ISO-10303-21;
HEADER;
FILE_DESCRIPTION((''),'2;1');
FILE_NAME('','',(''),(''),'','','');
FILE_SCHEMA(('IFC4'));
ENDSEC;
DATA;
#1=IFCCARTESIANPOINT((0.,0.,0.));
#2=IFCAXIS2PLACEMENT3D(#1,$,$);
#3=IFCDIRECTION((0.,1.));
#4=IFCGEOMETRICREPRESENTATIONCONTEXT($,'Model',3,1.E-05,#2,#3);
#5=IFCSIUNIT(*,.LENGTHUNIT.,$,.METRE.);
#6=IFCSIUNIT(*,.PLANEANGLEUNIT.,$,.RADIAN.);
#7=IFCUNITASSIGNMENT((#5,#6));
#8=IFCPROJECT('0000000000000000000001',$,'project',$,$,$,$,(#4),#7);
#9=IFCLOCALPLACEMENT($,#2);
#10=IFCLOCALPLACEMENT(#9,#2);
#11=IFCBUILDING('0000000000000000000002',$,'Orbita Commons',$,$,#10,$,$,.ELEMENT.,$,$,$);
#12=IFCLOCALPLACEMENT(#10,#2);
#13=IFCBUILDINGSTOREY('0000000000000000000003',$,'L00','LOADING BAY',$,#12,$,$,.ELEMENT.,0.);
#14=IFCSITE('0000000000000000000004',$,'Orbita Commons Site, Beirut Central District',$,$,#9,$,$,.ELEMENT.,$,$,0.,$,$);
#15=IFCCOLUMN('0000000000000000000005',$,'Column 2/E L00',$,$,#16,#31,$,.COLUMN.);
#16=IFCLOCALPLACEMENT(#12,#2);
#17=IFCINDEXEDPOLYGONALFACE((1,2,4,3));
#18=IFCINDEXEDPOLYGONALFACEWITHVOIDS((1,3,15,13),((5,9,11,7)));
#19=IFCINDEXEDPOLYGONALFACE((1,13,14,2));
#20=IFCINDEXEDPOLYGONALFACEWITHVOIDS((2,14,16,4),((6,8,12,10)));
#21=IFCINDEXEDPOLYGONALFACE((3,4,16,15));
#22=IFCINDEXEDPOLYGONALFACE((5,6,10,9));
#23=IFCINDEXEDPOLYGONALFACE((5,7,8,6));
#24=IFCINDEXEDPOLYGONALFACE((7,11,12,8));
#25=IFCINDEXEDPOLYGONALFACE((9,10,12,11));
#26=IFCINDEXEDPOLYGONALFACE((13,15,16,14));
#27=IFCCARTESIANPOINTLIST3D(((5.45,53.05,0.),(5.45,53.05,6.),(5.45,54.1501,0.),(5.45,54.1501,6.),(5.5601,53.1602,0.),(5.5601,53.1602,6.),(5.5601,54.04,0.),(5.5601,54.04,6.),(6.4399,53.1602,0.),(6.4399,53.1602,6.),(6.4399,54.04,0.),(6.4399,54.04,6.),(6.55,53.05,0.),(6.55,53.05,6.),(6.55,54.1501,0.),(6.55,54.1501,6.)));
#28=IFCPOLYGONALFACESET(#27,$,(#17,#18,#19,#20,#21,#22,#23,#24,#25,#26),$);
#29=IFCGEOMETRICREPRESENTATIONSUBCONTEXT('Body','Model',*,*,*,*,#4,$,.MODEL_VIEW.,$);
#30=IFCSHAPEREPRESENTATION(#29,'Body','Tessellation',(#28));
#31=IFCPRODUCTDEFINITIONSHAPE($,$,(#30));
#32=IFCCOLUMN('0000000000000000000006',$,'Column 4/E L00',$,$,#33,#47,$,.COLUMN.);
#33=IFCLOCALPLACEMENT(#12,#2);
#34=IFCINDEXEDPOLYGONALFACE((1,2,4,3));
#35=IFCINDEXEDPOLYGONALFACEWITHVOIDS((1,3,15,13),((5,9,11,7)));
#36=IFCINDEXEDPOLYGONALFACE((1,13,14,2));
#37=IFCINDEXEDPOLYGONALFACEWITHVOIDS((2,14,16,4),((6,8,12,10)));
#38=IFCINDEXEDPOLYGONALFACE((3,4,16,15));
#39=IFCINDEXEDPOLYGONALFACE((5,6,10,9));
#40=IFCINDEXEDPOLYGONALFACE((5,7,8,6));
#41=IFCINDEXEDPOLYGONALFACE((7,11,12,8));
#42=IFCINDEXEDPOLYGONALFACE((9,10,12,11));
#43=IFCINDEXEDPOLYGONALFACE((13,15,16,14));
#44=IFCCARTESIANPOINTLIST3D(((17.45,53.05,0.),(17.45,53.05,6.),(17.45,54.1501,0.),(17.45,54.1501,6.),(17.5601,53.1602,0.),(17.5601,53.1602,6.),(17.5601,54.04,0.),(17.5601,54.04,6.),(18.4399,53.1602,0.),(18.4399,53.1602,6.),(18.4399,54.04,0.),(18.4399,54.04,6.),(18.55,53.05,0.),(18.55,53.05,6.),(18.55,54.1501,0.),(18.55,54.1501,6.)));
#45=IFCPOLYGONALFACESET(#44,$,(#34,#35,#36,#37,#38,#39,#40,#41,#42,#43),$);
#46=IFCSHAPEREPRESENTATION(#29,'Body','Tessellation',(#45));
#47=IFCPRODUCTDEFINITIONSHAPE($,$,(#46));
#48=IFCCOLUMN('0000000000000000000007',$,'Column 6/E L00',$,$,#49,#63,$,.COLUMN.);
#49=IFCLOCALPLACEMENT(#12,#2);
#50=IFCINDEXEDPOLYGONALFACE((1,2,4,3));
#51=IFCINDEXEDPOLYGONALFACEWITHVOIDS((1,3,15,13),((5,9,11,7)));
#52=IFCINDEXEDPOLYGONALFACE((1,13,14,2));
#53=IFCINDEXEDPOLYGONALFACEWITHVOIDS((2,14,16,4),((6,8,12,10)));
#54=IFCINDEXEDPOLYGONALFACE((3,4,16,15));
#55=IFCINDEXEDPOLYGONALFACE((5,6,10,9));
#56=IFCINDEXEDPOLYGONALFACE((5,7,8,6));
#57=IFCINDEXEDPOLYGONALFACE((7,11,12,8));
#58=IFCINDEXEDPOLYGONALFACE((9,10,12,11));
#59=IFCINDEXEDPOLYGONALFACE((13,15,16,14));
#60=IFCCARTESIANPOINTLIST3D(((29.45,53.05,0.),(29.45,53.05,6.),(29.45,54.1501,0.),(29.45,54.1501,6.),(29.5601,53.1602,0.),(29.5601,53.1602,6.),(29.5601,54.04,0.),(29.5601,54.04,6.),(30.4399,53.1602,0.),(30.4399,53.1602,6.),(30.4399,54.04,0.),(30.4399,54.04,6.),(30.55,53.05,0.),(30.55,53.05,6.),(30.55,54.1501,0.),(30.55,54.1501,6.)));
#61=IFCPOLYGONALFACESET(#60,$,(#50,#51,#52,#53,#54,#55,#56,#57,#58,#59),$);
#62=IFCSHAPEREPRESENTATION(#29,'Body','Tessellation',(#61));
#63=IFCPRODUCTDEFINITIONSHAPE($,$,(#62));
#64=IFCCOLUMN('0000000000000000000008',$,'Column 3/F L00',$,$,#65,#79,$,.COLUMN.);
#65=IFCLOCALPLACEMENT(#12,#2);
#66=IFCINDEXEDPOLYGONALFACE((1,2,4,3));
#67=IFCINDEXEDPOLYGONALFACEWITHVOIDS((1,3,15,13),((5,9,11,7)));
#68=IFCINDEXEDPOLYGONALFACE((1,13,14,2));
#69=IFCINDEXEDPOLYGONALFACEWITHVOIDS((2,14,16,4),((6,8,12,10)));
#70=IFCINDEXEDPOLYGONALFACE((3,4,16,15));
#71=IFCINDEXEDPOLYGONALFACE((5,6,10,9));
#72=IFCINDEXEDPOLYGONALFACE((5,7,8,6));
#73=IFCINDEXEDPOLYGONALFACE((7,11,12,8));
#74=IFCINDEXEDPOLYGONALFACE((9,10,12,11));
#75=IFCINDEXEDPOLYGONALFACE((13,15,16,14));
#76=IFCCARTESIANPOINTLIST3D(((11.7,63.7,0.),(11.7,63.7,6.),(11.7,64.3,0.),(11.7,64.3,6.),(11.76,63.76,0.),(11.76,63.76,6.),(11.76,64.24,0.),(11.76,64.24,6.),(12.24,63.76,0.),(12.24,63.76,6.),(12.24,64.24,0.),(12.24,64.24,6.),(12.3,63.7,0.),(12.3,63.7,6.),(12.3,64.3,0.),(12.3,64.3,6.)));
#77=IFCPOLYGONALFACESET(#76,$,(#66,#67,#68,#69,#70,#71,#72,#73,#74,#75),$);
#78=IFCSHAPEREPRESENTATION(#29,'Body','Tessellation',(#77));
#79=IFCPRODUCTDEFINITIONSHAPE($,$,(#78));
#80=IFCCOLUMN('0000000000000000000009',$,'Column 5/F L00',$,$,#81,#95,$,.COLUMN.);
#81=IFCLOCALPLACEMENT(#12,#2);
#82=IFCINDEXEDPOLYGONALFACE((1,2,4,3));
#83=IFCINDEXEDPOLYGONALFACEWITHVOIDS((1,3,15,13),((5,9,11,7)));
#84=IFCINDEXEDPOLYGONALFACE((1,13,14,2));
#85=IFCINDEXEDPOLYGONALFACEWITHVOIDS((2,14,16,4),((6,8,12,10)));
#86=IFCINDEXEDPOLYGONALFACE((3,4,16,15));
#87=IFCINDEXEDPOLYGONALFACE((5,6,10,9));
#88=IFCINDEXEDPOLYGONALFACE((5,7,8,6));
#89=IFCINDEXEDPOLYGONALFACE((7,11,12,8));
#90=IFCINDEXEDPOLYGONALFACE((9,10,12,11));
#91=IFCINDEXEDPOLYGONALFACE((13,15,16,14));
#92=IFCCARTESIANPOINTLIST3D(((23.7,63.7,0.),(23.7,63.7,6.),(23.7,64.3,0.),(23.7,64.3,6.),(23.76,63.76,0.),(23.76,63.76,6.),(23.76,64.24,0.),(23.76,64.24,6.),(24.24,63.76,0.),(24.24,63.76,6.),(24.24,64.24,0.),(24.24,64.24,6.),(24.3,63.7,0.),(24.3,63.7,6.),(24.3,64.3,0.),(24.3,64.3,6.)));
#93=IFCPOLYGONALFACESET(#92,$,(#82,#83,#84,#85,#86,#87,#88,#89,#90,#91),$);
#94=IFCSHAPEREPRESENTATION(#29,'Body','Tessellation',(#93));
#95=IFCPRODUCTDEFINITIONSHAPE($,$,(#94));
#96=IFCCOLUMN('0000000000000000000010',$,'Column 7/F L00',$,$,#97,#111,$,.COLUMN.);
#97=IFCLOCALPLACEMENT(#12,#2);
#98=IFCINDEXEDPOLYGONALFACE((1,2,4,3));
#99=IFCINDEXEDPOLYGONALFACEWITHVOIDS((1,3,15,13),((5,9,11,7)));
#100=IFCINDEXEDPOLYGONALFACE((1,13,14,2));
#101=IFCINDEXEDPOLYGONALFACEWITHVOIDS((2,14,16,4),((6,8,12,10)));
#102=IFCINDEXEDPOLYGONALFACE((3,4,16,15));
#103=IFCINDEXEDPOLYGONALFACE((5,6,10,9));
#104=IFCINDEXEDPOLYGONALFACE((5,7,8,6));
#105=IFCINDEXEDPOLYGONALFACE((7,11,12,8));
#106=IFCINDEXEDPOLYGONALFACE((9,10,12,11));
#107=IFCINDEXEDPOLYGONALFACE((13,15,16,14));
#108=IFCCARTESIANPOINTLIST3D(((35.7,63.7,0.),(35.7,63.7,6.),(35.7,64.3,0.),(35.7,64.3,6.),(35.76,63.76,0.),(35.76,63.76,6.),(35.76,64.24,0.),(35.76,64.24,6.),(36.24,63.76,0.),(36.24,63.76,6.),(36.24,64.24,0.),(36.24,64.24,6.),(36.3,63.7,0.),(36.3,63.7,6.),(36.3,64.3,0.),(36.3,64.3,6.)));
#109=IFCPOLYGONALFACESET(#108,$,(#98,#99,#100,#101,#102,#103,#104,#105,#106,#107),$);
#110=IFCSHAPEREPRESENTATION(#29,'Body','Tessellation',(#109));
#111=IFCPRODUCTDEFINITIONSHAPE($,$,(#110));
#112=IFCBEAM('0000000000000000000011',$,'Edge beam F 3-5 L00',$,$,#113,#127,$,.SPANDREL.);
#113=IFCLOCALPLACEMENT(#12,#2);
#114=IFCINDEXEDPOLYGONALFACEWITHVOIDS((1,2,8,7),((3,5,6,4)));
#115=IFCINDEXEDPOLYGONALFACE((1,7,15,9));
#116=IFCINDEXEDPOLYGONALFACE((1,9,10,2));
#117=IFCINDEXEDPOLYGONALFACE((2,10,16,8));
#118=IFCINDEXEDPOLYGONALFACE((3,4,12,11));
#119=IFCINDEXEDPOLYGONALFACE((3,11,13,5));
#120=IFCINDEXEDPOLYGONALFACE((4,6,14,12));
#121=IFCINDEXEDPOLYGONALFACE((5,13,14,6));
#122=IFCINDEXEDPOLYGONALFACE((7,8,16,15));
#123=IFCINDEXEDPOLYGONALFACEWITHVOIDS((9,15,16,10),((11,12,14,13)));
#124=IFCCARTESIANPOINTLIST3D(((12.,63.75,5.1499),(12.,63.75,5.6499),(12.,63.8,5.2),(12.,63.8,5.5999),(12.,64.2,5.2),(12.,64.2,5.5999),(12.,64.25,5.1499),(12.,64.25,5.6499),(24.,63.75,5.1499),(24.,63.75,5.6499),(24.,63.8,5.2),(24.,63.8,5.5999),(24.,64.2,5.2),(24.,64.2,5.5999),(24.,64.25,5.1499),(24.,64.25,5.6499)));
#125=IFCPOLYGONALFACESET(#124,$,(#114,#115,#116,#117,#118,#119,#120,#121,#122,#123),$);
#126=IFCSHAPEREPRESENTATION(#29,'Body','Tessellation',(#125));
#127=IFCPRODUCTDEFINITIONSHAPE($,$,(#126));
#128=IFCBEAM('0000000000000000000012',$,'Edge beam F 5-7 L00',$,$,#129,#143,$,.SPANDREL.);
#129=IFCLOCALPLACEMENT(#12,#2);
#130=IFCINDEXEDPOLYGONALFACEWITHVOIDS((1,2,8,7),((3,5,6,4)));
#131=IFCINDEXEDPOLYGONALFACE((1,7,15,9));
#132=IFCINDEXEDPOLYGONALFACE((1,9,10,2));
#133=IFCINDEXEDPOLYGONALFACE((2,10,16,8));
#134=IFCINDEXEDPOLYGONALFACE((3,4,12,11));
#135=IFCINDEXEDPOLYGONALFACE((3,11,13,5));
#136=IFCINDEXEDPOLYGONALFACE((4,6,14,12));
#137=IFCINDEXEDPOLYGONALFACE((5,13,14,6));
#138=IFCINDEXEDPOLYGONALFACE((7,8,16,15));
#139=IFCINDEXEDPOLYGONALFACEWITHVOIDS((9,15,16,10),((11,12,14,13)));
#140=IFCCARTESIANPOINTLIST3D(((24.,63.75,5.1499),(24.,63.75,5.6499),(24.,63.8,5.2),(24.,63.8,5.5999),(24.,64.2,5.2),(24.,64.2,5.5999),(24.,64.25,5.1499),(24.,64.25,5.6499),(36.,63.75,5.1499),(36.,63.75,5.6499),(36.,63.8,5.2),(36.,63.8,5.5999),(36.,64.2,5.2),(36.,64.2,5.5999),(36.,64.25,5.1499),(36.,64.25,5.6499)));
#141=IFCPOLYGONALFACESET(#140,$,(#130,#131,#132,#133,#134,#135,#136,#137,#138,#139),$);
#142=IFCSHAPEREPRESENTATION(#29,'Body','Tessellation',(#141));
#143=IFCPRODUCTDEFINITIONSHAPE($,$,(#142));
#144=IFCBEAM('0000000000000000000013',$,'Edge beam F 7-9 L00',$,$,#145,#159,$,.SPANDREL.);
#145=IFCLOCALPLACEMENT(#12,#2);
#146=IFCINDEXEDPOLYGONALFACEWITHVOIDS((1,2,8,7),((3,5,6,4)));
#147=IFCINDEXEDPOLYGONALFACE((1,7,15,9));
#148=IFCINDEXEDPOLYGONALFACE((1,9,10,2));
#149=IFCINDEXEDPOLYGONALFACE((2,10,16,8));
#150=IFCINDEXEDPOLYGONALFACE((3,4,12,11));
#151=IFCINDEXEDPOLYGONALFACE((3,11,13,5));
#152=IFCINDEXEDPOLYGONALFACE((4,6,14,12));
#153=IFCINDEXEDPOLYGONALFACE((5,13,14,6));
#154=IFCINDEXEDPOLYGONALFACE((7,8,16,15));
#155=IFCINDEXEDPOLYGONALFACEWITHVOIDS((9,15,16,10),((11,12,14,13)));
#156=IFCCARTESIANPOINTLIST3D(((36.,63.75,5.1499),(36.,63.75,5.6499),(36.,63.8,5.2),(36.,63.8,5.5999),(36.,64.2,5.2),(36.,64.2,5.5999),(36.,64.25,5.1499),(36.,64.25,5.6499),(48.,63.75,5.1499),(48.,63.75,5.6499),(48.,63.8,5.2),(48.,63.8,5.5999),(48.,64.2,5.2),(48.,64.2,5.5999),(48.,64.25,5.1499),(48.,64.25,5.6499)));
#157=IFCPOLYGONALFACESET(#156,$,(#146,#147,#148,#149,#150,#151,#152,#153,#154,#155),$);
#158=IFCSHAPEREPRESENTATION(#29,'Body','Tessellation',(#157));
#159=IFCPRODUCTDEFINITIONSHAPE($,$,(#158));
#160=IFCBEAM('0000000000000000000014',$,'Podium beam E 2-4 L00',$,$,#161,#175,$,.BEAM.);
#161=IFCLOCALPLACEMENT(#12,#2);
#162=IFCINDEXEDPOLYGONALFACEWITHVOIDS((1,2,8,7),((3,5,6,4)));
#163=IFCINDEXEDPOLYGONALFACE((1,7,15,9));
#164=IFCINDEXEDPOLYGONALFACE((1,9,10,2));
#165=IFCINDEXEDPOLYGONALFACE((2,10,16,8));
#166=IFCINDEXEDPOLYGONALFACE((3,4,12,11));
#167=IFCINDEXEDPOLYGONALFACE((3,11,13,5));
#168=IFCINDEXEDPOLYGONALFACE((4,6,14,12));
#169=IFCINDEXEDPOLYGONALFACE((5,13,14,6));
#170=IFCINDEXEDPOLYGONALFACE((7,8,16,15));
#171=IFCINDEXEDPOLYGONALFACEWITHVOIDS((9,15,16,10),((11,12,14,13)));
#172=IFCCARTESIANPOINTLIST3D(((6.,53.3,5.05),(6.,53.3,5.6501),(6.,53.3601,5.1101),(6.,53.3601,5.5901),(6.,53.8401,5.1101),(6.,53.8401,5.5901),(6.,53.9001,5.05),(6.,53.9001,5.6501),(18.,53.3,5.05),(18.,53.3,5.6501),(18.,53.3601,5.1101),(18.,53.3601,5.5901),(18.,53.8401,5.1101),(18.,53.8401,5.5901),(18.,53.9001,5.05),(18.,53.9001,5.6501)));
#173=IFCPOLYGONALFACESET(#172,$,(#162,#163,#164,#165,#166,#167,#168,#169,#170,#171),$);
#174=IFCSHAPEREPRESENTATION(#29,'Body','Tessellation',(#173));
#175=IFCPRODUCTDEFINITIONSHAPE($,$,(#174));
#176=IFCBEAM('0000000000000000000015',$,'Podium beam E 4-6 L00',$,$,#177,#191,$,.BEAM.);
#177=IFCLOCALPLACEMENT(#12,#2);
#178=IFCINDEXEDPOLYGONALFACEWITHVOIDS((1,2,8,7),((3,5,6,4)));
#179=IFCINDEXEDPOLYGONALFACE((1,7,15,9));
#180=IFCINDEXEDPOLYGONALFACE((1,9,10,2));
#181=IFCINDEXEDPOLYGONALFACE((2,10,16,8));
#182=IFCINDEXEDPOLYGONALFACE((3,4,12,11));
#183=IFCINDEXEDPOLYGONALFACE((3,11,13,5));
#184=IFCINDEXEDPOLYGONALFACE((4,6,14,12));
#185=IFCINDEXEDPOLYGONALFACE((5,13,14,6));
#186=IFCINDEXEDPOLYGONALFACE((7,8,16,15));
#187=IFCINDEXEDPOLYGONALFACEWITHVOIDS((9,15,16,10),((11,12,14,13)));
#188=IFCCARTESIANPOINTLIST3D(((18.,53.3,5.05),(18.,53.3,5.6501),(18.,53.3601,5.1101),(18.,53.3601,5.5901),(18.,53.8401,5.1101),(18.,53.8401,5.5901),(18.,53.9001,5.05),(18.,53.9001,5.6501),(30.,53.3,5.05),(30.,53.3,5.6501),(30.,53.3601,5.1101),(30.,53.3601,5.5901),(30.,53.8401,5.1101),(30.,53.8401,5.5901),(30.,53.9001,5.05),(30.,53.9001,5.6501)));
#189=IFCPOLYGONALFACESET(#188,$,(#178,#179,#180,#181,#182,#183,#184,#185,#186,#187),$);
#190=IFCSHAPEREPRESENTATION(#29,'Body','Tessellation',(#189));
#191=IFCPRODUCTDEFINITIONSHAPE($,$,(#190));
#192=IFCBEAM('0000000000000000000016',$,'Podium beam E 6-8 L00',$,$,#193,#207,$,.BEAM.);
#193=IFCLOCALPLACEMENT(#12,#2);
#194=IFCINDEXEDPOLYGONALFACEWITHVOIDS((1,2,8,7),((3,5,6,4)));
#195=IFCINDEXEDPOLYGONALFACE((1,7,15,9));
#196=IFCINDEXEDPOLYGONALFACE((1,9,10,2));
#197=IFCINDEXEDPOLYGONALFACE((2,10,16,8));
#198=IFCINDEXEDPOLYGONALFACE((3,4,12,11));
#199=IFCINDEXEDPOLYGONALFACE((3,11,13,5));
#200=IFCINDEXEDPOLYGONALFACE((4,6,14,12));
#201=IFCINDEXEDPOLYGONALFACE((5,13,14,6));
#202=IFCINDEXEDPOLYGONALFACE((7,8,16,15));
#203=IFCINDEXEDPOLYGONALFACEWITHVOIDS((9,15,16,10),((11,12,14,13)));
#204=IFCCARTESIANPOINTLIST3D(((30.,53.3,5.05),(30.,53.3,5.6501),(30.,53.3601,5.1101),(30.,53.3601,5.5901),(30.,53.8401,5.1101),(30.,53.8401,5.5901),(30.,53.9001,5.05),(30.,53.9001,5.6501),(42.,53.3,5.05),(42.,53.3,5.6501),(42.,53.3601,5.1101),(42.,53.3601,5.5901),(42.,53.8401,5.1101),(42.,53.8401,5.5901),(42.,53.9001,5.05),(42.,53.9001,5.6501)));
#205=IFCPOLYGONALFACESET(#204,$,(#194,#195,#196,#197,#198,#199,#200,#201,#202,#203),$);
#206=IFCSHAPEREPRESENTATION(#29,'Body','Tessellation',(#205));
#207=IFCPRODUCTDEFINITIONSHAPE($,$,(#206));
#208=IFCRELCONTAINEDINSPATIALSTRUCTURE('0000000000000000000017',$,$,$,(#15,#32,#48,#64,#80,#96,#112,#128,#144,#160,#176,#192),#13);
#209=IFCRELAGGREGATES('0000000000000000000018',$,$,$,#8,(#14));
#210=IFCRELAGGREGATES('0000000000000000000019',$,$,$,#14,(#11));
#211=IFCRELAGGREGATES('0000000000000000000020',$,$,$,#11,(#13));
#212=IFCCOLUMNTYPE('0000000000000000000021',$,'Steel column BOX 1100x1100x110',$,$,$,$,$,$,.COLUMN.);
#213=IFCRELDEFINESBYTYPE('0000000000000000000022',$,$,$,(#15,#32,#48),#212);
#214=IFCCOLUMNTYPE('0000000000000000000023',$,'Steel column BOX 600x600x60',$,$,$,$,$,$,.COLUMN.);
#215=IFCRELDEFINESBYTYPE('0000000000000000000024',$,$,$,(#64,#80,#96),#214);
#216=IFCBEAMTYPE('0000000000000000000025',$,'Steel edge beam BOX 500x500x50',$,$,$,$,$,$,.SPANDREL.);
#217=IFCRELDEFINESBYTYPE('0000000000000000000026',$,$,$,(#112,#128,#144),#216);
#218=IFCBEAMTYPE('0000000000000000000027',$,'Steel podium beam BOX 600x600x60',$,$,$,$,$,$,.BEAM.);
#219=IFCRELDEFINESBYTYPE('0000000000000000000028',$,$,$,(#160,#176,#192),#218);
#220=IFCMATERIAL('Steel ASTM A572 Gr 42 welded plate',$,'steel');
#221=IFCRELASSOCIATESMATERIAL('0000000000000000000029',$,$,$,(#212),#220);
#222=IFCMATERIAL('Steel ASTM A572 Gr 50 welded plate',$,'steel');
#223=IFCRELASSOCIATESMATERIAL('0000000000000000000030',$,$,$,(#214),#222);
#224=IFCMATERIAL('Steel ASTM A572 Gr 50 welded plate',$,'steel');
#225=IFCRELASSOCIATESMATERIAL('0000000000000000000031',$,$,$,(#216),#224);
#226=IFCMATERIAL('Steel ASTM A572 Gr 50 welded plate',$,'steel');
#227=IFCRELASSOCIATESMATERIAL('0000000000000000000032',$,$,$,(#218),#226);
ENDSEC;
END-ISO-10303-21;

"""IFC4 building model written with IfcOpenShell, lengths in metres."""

from ifc_helpers import new_model, si_unit, direction, frame, origin, origin_2d, place, context, subcontext, project, spatial, hollow_rectangle, extrude, material, material_profile, profile_set, type_object, element, save


model = new_model("IFC4")

# Units and contexts
model_context = context("Model", 3, precision=1e-05, world=origin(), true_north=direction((0.0, 1.0)))
body_context = subcontext(model_context, "Body", "Model", "MODEL_VIEW")
ifc_project = project(units=[si_unit("LENGTHUNIT", "METRE"), si_unit("PLANEANGLEUNIT", "RADIAN")], contexts=[model_context])

# Site, building, storey
site_placement = place(None, origin())
site = spatial("IfcSite", under=ifc_project, at=site_placement, Name="Orbita Commons Site, Beirut Central District", CompositionType="ELEMENT", RefElevation=0.0)
building_placement = place(site_placement, origin())
building = spatial("IfcBuilding", under=site, at=building_placement, Name="Orbita Commons", CompositionType="ELEMENT")
storey_placement = place(building_placement, origin())
storey = spatial("IfcBuildingStorey", under=building, at=storey_placement, Name="L00", Description="LOADING BAY", CompositionType="ELEMENT", Elevation=0.0)

# Columns
ifc_material_1 = material(Name="Steel ASTM A572 Gr 42 welded plate", Category="steel")
ifc_material_profile_1 = material_profile(ifc_material_1, hollow_rectangle(XDim=1.1001, YDim=1.1001, WallThickness=0.1101, at=origin_2d()), Name="BOX 1100x1100x110")
ifc_profile_set_1 = profile_set([ifc_material_profile_1], Name="Steel ASTM A572 Gr 42 welded plate")
column_type_1 = type_object("IfcColumnType", Name="Steel column BOX 1100x1100x110", PredefinedType="COLUMN", material=ifc_profile_set_1)
for number, where, z_axis, x_axis, name in (
    (1, (6.0, 53.6001, 0.0), (0.0, 0.0, 1.0), (1.0, 0.0, 0.0), "Column 2/E L00"),
    (2, (18.0, 53.6001, 0.0), (0.0, 0.0, 1.0), (1.0, 0.0, 0.0), "Column 4/E L00"),
    (3, (30.0, 53.6001, 0.0), (0.0, 0.0, 1.0), (1.0, 0.0, 0.0), "Column 6/E L00"),
):
    element("IfcColumn", number, at=place(storey_placement, frame(where, z_axis=z_axis, x_axis=x_axis)), inside=storey, type_object=column_type_1, Name=name, PredefinedType="COLUMN", context=body_context, shape_type="SweptSolid", body=[
        extrude(hollow_rectangle(XDim=1.1001, YDim=1.1001, WallThickness=0.1101, at=origin_2d()), origin(), (0.0, 0.0, 1.0), 6.0),
    ])
ifc_material_2 = material(Name="Steel ASTM A572 Gr 50 welded plate", Category="steel")
ifc_material_profile_2 = material_profile(ifc_material_2, hollow_rectangle(XDim=0.6001, YDim=0.6001, WallThickness=0.0601, at=origin_2d()), Name="BOX 600x600x60")
ifc_profile_set_2 = profile_set([ifc_material_profile_2], Name="Steel ASTM A572 Gr 50 welded plate")
column_type_2 = type_object("IfcColumnType", Name="Steel column BOX 600x600x60", PredefinedType="COLUMN", material=ifc_profile_set_2)
for number, where, z_axis, x_axis, name in (
    (4, (12.0, 64.0, 0.0), (0.0, 0.0, 1.0), (1.0, 0.0, 0.0), "Column 3/F L00"),
    (5, (24.0, 64.0, 0.0), (0.0, 0.0, 1.0), (1.0, 0.0, 0.0), "Column 5/F L00"),
    (6, (36.0, 64.0, 0.0), (0.0, 0.0, 1.0), (1.0, 0.0, 0.0), "Column 7/F L00"),
):
    element("IfcColumn", number, at=place(storey_placement, frame(where, z_axis=z_axis, x_axis=x_axis)), inside=storey, type_object=column_type_2, Name=name, PredefinedType="COLUMN", context=body_context, shape_type="SweptSolid", body=[
        extrude(hollow_rectangle(XDim=0.6001, YDim=0.6001, WallThickness=0.0601, at=origin_2d()), origin(), (0.0, 0.0, 1.0), 6.0),
    ])

# Beams
ifc_material_3 = material(Name="Steel ASTM A572 Gr 50 welded plate", Category="steel")
ifc_material_profile_3 = material_profile(ifc_material_3, hollow_rectangle(XDim=0.5, YDim=0.5, WallThickness=0.05, at=origin_2d()), Name="BOX 500x500x50")
ifc_profile_set_3 = profile_set([ifc_material_profile_3], Name="Steel ASTM A572 Gr 50 welded plate")
beam_type_1 = type_object("IfcBeamType", Name="Steel edge beam BOX 500x500x50", PredefinedType="SPANDREL", material=ifc_profile_set_3)
for number, where, z_axis, x_axis, name in (
    (7, (12.0, 64.0, 5.3999), (1.0, 0.0, 0.0), (0.0, 1.0, 0.0), "Edge beam F 3-5 L00"),
    (8, (24.0, 64.0, 5.3999), (1.0, 0.0, 0.0), (0.0, 1.0, 0.0), "Edge beam F 5-7 L00"),
    (9, (36.0, 64.0, 5.3999), (1.0, 0.0, 0.0), (0.0, 1.0, 0.0), "Edge beam F 7-9 L00"),
):
    element("IfcBeam", number, at=place(storey_placement, frame(where, z_axis=z_axis, x_axis=x_axis)), inside=storey, type_object=beam_type_1, Name=name, PredefinedType="SPANDREL", context=body_context, shape_type="SweptSolid", body=[
        extrude(hollow_rectangle(XDim=0.5, YDim=0.5, WallThickness=0.05, at=origin_2d()), origin(), (0.0, 0.0, 1.0), 12.0),
    ])
ifc_material_4 = material(Name="Steel ASTM A572 Gr 50 welded plate", Category="steel")
ifc_material_profile_4 = material_profile(ifc_material_4, hollow_rectangle(XDim=0.6001, YDim=0.6001, WallThickness=0.0601, at=origin_2d()), Name="BOX 600x600x60")
ifc_profile_set_4 = profile_set([ifc_material_profile_4], Name="Steel ASTM A572 Gr 50 welded plate")
beam_type_2 = type_object("IfcBeamType", Name="Steel podium beam BOX 600x600x60", PredefinedType="BEAM", material=ifc_profile_set_4)
for number, where, z_axis, x_axis, name in (
    (10, (6.0, 53.6001, 5.3501), (1.0, 0.0, 0.0), (0.0, 1.0, 0.0), "Podium beam E 2-4 L00"),
    (11, (18.0, 53.6001, 5.3501), (1.0, 0.0, 0.0), (0.0, 1.0, 0.0), "Podium beam E 4-6 L00"),
    (12, (30.0, 53.6001, 5.3501), (1.0, 0.0, 0.0), (0.0, 1.0, 0.0), "Podium beam E 6-8 L00"),
):
    element("IfcBeam", number, at=place(storey_placement, frame(where, z_axis=z_axis, x_axis=x_axis)), inside=storey, type_object=beam_type_2, Name=name, PredefinedType="BEAM", context=body_context, shape_type="SweptSolid", body=[
        extrude(hollow_rectangle(XDim=0.6001, YDim=0.6001, WallThickness=0.0601, at=origin_2d()), origin(), (0.0, 0.0, 1.0), 12.0),
    ])

save(model, "model.ifc")
